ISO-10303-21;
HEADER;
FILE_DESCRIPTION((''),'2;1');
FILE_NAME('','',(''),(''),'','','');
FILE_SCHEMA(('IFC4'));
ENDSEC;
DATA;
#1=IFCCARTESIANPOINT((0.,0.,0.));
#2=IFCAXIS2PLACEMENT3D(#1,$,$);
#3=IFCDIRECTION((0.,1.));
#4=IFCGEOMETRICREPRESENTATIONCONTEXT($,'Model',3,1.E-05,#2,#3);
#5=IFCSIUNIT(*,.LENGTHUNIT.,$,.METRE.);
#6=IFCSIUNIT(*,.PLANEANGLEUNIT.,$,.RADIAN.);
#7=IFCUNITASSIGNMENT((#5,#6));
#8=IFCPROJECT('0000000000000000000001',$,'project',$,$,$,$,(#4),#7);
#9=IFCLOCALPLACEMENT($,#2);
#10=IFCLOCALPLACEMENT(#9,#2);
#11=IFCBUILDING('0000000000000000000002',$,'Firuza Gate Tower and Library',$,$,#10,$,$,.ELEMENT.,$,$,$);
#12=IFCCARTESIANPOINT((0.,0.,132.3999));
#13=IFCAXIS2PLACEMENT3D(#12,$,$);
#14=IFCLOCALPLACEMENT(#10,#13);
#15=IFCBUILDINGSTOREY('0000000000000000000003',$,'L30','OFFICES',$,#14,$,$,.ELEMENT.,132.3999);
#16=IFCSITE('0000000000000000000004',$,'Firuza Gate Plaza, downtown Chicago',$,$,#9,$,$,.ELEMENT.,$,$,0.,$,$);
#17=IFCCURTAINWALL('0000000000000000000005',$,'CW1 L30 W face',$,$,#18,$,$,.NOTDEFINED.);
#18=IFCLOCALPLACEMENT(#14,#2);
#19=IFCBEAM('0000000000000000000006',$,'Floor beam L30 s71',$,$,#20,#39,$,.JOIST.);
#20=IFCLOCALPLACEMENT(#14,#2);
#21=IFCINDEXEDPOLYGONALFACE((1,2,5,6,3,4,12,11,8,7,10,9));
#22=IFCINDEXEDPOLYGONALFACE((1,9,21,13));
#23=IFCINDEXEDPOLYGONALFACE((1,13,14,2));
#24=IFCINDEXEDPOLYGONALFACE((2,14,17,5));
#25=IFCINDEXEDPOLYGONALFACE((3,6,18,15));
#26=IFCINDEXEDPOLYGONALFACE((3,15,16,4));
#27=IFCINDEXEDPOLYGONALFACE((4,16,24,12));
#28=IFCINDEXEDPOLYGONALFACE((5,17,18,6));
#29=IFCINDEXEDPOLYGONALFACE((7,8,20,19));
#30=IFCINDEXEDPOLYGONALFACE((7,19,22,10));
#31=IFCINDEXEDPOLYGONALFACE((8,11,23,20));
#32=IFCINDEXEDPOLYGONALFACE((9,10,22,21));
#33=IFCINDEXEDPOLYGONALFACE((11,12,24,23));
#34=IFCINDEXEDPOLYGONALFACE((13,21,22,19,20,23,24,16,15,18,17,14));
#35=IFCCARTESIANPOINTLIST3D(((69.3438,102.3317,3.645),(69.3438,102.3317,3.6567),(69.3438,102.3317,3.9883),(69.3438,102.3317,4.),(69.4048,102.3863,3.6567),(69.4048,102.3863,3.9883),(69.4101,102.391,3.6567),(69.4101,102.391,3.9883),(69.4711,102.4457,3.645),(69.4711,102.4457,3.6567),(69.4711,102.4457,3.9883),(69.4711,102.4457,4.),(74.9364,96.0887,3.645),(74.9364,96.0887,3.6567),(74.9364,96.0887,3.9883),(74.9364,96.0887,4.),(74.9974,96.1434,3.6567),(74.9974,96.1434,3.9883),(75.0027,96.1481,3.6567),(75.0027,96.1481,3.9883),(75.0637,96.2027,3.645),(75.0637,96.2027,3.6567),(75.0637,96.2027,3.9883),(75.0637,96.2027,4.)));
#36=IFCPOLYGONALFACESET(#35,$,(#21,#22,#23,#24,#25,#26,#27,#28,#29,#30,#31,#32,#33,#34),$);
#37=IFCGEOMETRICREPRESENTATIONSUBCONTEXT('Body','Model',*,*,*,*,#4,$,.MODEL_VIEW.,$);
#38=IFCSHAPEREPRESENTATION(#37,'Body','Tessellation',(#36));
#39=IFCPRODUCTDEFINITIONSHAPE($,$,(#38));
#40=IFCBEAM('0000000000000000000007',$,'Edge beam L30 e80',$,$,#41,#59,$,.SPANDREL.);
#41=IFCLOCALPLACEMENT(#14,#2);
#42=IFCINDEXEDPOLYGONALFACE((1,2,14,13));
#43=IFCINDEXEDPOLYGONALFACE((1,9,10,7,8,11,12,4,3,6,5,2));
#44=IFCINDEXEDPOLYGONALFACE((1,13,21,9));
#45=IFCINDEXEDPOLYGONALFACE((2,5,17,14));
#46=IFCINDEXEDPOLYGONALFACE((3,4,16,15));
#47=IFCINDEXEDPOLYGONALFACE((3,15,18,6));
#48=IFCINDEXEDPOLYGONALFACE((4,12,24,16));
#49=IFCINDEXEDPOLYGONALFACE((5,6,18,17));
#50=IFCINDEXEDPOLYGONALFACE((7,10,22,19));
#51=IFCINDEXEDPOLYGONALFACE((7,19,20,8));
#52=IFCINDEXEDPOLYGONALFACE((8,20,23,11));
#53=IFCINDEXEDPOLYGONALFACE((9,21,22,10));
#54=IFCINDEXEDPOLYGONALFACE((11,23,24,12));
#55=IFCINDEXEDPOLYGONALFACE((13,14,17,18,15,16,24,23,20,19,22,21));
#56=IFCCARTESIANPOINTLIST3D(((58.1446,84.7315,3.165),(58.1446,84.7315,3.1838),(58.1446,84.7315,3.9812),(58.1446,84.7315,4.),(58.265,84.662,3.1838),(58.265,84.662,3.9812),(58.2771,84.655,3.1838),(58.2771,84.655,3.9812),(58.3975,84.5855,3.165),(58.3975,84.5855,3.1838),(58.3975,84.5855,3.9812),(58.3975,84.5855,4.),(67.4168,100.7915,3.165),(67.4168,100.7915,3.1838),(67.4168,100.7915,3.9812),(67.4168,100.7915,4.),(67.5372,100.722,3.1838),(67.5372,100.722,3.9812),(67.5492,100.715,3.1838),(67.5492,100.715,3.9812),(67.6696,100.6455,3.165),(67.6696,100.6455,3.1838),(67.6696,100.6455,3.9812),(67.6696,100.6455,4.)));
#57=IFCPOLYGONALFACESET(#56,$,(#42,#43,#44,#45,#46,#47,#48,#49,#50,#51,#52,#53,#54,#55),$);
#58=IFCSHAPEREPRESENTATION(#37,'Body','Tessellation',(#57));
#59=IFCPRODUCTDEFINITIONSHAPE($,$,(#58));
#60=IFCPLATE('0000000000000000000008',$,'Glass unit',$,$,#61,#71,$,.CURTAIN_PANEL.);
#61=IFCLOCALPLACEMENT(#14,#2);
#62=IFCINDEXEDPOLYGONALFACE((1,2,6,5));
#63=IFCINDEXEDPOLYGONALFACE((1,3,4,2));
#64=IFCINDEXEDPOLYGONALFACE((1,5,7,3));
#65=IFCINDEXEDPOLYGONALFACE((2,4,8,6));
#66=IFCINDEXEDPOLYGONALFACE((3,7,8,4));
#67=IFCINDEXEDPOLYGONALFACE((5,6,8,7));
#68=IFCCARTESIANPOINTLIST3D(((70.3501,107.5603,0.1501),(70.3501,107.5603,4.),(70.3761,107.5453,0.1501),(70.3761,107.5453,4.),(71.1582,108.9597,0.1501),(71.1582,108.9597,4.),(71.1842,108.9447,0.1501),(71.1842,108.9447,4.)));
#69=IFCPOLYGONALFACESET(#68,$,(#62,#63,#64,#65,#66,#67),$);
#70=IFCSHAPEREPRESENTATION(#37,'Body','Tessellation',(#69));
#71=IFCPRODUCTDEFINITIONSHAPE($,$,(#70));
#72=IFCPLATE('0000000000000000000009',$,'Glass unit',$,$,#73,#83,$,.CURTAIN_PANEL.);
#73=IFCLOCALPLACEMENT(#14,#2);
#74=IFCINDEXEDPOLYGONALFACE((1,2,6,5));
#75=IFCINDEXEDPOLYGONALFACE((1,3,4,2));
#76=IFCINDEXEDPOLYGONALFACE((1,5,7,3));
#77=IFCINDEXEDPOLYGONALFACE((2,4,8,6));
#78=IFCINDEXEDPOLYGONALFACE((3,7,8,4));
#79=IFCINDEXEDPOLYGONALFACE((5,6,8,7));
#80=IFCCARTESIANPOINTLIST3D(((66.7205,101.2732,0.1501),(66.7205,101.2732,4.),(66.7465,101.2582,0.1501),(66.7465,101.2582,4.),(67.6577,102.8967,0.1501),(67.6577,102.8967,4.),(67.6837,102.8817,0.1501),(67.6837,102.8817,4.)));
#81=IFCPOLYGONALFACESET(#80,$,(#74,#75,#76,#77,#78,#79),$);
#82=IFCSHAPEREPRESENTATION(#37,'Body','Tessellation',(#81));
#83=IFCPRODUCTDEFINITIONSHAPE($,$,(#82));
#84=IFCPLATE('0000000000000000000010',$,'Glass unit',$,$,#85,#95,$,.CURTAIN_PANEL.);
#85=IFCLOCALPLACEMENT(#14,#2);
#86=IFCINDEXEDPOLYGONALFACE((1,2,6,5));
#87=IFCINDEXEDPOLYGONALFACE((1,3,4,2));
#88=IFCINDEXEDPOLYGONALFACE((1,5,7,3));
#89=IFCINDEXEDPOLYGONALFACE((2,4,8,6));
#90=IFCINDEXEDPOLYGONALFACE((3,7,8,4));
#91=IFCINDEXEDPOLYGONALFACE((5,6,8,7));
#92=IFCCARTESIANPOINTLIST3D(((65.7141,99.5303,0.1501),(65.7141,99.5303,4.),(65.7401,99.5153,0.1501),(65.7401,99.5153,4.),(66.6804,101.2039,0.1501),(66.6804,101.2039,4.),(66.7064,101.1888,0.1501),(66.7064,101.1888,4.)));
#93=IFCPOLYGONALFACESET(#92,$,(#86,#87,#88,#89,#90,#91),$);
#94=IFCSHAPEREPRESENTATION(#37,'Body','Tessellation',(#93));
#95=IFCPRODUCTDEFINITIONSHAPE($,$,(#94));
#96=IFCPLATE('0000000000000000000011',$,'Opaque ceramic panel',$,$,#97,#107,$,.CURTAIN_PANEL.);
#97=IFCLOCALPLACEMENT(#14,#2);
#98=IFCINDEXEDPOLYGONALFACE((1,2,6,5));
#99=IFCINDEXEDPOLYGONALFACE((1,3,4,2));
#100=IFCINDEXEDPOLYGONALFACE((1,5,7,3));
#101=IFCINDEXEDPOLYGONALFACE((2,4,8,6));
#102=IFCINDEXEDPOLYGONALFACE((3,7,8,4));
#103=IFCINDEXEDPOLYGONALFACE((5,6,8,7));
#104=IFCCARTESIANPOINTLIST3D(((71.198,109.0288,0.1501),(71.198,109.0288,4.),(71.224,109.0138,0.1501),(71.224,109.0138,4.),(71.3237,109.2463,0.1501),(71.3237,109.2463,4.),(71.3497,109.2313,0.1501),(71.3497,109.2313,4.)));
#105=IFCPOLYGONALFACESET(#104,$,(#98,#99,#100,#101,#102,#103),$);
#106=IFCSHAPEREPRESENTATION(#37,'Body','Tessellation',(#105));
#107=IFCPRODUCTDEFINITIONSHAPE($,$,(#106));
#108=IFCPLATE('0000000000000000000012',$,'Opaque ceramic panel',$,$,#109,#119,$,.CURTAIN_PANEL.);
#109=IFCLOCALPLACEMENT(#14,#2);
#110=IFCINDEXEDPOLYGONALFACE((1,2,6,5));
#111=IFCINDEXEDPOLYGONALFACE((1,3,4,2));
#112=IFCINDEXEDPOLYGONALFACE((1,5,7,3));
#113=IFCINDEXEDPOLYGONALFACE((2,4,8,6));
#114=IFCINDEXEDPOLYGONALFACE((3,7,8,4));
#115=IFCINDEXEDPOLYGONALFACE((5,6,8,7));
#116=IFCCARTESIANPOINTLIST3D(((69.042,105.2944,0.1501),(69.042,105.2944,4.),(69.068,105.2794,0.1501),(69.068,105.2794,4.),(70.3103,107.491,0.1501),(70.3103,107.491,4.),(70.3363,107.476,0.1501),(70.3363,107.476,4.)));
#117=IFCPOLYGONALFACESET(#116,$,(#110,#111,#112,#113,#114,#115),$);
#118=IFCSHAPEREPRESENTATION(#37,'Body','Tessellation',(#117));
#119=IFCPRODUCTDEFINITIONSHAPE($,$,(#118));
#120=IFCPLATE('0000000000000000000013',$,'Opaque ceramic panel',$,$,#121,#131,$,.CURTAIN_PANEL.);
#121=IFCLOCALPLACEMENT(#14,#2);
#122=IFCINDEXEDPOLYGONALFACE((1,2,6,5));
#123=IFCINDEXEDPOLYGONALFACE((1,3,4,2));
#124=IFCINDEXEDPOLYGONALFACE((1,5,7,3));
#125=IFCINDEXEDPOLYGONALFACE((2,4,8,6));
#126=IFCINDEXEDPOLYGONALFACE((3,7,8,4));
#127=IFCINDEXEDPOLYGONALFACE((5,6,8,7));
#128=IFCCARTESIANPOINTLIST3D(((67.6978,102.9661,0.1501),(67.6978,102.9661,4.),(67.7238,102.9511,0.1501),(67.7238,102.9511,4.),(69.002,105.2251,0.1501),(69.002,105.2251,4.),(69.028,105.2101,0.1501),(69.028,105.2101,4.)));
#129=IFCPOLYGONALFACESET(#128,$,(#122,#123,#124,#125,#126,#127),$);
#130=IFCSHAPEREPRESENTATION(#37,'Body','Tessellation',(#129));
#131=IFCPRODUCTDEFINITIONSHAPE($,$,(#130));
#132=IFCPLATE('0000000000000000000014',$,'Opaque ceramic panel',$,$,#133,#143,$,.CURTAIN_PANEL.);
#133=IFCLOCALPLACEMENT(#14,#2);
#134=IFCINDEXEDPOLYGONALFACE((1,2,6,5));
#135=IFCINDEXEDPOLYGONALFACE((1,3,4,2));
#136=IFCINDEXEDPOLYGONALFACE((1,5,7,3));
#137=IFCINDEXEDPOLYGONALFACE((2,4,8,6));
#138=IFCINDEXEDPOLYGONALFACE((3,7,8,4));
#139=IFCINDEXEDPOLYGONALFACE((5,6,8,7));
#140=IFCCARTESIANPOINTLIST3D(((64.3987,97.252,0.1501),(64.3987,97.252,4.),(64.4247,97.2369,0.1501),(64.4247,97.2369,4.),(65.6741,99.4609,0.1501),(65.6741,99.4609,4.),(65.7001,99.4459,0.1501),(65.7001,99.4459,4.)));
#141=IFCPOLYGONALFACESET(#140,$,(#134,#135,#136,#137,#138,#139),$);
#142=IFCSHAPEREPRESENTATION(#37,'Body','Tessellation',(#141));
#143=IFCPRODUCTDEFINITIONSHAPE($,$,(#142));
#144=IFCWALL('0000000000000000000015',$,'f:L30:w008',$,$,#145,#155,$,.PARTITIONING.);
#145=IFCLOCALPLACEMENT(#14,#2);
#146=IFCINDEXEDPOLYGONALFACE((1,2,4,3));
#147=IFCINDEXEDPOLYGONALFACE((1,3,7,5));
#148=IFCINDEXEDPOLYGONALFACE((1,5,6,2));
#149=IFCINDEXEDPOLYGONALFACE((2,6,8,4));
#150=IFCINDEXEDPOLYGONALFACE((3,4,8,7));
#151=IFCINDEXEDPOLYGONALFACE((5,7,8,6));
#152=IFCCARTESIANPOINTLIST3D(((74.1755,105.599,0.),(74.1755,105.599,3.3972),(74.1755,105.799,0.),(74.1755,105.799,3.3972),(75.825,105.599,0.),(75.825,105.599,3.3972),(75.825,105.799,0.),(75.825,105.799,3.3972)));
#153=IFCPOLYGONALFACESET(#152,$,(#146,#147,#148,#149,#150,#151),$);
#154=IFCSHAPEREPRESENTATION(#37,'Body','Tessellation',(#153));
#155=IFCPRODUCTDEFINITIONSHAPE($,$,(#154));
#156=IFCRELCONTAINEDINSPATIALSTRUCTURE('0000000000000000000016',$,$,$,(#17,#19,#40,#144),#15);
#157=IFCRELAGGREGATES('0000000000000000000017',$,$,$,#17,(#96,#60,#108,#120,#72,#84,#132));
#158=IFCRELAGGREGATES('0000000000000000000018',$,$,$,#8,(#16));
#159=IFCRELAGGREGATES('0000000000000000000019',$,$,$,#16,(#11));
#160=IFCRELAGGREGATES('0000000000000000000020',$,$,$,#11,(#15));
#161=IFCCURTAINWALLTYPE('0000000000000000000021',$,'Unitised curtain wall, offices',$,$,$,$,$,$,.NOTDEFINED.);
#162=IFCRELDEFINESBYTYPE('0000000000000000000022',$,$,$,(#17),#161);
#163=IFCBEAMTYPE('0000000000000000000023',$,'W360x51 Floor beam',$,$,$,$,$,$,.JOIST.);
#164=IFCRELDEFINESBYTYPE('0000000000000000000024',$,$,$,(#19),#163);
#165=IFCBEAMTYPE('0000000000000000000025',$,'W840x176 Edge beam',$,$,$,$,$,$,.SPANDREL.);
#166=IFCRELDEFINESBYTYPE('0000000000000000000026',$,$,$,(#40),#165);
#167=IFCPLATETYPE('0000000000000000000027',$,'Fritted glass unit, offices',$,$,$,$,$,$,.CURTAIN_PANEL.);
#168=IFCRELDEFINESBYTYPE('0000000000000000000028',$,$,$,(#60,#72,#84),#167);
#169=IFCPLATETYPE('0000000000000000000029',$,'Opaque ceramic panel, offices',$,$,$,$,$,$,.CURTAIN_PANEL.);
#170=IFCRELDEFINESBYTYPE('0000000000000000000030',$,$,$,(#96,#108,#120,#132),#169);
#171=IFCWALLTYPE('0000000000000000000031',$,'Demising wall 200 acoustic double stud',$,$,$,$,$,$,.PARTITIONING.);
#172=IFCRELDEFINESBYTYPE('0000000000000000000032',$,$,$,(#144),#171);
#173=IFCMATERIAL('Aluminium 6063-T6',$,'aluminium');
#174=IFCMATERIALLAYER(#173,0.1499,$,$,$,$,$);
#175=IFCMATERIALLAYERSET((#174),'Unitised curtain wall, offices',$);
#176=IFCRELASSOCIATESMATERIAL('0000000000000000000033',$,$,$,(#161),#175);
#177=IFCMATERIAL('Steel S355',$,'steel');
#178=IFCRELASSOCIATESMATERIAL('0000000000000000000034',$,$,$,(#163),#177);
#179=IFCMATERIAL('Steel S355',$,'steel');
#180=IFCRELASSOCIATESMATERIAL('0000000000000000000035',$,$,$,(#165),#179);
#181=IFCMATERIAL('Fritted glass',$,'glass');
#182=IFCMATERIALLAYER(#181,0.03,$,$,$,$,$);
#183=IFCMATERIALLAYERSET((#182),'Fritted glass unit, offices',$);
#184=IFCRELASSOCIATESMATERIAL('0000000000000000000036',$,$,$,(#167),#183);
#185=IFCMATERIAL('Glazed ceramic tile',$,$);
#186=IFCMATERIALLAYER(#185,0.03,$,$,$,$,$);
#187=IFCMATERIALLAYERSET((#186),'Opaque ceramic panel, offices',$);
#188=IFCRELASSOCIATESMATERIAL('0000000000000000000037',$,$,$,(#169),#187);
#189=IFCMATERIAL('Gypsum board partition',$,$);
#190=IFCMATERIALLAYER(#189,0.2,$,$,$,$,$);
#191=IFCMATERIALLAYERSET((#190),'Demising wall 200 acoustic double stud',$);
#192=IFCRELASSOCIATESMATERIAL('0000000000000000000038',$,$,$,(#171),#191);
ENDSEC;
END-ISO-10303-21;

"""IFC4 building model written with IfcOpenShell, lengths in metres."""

from ifc_helpers import new_model, si_unit, direction, frame, frame_2d, origin, origin_2d, place, context, subcontext, project, spatial, polyline, rectangle, i_section, outline, extrude, material, layer, layer_set, material_profile, profile_set, type_object, element, aggregate, save


model = new_model("IFC4")

# Units and contexts
model_context = context("Model", 3, precision=1e-05, world=origin(), true_north=direction((0.0, 1.0)))
body_context = subcontext(model_context, "Body", "Model", "MODEL_VIEW")
ifc_project = project(units=[si_unit("LENGTHUNIT", "METRE"), si_unit("PLANEANGLEUNIT", "RADIAN")], contexts=[model_context])

# Site, building, storey
site_placement = place(None, origin())
site = spatial("IfcSite", under=ifc_project, at=site_placement, Name="Firuza Gate Plaza, downtown Chicago", CompositionType="ELEMENT", RefElevation=0.0)
building_placement = place(site_placement, origin())
building = spatial("IfcBuilding", under=site, at=building_placement, Name="Firuza Gate Tower and Library", CompositionType="ELEMENT")
storey_placement = place(building_placement, frame((0.0, 0.0, 132.3999)))
storey = spatial("IfcBuildingStorey", under=building, at=storey_placement, Name="L30", Description="OFFICES", CompositionType="ELEMENT", Elevation=132.3999)

# Curtain wall
ifc_material_1 = material(Name="Aluminium 6063-T6", Category="aluminium")
ifc_layer_1 = layer(ifc_material_1, 0.1499)
ifc_layer_set_1 = layer_set([ifc_layer_1], Name="Unitised curtain wall, offices")
curtain_wall_type = type_object("IfcCurtainWallType", Name="Unitised curtain wall, offices", PredefinedType="NOTDEFINED", material=ifc_layer_set_1)
curtain_wall_placement = place(storey_placement, origin())
curtain_wall = element("IfcCurtainWall", 1, at=curtain_wall_placement, inside=storey, type_object=curtain_wall_type, Name="CW1 L30 W face", PredefinedType="NOTDEFINED")

# Beams
ifc_material_2 = material(Name="Steel S355", Category="steel")
ifc_material_profile_1 = material_profile(ifc_material_2, i_section(OverallWidth=0.1709, OverallDepth=0.355, WebThickness=0.0071, FlangeThickness=0.0117, at=origin_2d()))
ifc_profile_set_1 = profile_set([ifc_material_profile_1], Name="Steel S355")
beam_type_1 = type_object("IfcBeamType", Name="W360x51 Floor beam", PredefinedType="JOIST", material=ifc_profile_set_1)
beam_1_placement = place(storey_placement, frame((69.4075, 102.3887, 3.8225), z_axis=(0.667243, -0.74484, 0.0), x_axis=(0.74484, 0.667243, 0.0)))
element("IfcBeam", 2, at=beam_1_placement, inside=storey, type_object=beam_type_1, Name="Floor beam L30 s71", PredefinedType="JOIST", context=body_context, shape_type="SweptSolid", body=[
    extrude(i_section(OverallWidth=0.1709, OverallDepth=0.355, WebThickness=0.0071, FlangeThickness=0.0117, at=origin_2d()), origin(), (0.0, 0.0, 1.0), 8.3816),
])
ifc_material_3 = material(Name="Steel S355", Category="steel")
ifc_material_profile_2 = material_profile(ifc_material_3, i_section(OverallWidth=0.292, OverallDepth=0.835, WebThickness=0.0139, FlangeThickness=0.0188, at=origin_2d()))
ifc_profile_set_2 = profile_set([ifc_material_profile_2], Name="Steel S355")
beam_type_2 = type_object("IfcBeamType", Name="W840x176 Edge beam", PredefinedType="SPANDREL", material=ifc_profile_set_2)
beam_2_placement = place(storey_placement, frame((67.5432, 100.7185, 3.5825), z_axis=(-0.499997, -0.866027, 0.0), x_axis=(0.866027, -0.499997, 0.0)))
element("IfcBeam", 3, at=beam_2_placement, inside=storey, type_object=beam_type_2, Name="Edge beam L30 e80", PredefinedType="SPANDREL", context=body_context, shape_type="SweptSolid", body=[
    extrude(i_section(OverallWidth=0.292, OverallDepth=0.835, WebThickness=0.0139, FlangeThickness=0.0188, at=origin_2d()), origin(), (0.0, 0.0, 1.0), 18.5444),
])

# Plates
ifc_material_4 = material(Name="Fritted glass", Category="glass")
ifc_layer_2 = layer(ifc_material_4, 0.03)
ifc_layer_set_2 = layer_set([ifc_layer_2], Name="Fritted glass unit, offices")
plate_type_1 = type_object("IfcPlateType", Name="Fritted glass unit, offices", PredefinedType="CURTAIN_PANEL", material=ifc_layer_set_2)
plate_1_placement = place(storey_placement, frame((71.1582, 108.9597, 0.1501), z_axis=(-0.865984, 0.500071, 0.0), x_axis=(-0.500071, -0.865984, 0.0)))
plate_1 = element("IfcPlate", 4, at=plate_1_placement, type_object=plate_type_1, Name="Glass unit", PredefinedType="CURTAIN_PANEL", context=body_context, shape_type="SweptSolid", body=[
    extrude(outline(polyline([(0.0, 0.0), (1.616, 0.0), (1.616, 3.8499), (0.0, 3.8499), (0.0, 0.0)])), origin(), (0.0, 0.0, -1.0), 0.03),
])
plate_2_placement = place(storey_placement, frame((67.6577, 102.8967, 0.1501), z_axis=(-0.866047, 0.499963, 0.0), x_axis=(-0.499963, -0.866047, 0.0)))
plate_2 = element("IfcPlate", 5, at=plate_2_placement, type_object=plate_type_1, Name="Glass unit", PredefinedType="CURTAIN_PANEL", context=body_context, shape_type="SweptSolid", body=[
    extrude(outline(polyline([(0.0, 0.0), (1.8747, 0.0), (1.8747, 3.8499), (0.0, 3.8499), (0.0, 0.0)])), origin(), (0.0, 0.0, -1.0), 0.03),
])
plate_3_placement = place(storey_placement, frame((66.6804, 101.2039, 0.1501), z_axis=(-0.866011, 0.500025, 0.0), x_axis=(-0.500025, -0.866011, 0.0)))
plate_3 = element("IfcPlate", 6, at=plate_3_placement, type_object=plate_type_1, Name="Glass unit", PredefinedType="CURTAIN_PANEL", context=body_context, shape_type="SweptSolid", body=[
    extrude(outline(polyline([(0.0, 0.0), (1.9325, 0.0), (1.9325, 3.8499), (0.0, 3.8499), (0.0, 0.0)])), origin(), (0.0, 0.0, -1.0), 0.03),
])
ifc_material_5 = material(Name="Glazed ceramic tile")
ifc_layer_3 = layer(ifc_material_5, 0.03)
ifc_layer_set_3 = layer_set([ifc_layer_3], Name="Opaque ceramic panel, offices")
plate_type_2 = type_object("IfcPlateType", Name="Opaque ceramic panel, offices", PredefinedType="CURTAIN_PANEL", material=ifc_layer_set_3)
plate_4_placement = place(storey_placement, frame((71.3237, 109.2463, 0.1501), z_axis=(-0.865781, 0.500423, 0.0), x_axis=(-0.500423, -0.865781, 0.0)))
plate_4 = element("IfcPlate", 7, at=plate_4_placement, type_object=plate_type_2, Name="Opaque ceramic panel", PredefinedType="CURTAIN_PANEL", context=body_context, shape_type="SweptSolid", body=[
    extrude(outline(polyline([(0.0, 0.0), (0.2513, 0.0), (0.2513, 3.8499), (0.0, 3.8499), (0.0, 0.0)])), origin(), (0.0, 0.0, -1.0), 0.03),
])
plate_5_placement = place(storey_placement, frame((70.3103, 107.491, 0.1501), z_axis=(-0.866001, 0.500042, 0.0), x_axis=(-0.500042, -0.866001, 0.0)))
plate_5 = element("IfcPlate", 8, at=plate_5_placement, type_object=plate_type_2, Name="Opaque ceramic panel", PredefinedType="CURTAIN_PANEL", context=body_context, shape_type="SweptSolid", body=[
    extrude(outline(polyline([(0.0, 0.0), (2.5364, 0.0), (2.5364, 3.8499), (0.0, 3.8499), (0.0, 0.0)])), origin(), (0.0, 0.0, -1.0), 0.03),
])
plate_6_placement = place(storey_placement, frame((69.002, 105.2251, 0.1501), z_axis=(-0.866034, 0.499984, 0.0), x_axis=(-0.499984, -0.866034, 0.0)))
plate_6 = element("IfcPlate", 9, at=plate_6_placement, type_object=plate_type_2, Name="Opaque ceramic panel", PredefinedType="CURTAIN_PANEL", context=body_context, shape_type="SweptSolid", body=[
    extrude(outline(polyline([(0.0, 0.0), (2.6085, 0.0), (2.6085, 3.8499), (0.0, 3.8499), (0.0, 0.0)])), origin(), (0.0, 0.0, -1.0), 0.03),
])
plate_7_placement = place(storey_placement, frame((65.6741, 99.4609, 0.1501), z_axis=(-0.86602, 0.50001, 0.0), x_axis=(-0.50001, -0.86602, 0.0)))
plate_7 = element("IfcPlate", 10, at=plate_7_placement, type_object=plate_type_2, Name="Opaque ceramic panel", PredefinedType="CURTAIN_PANEL", context=body_context, shape_type="SweptSolid", body=[
    extrude(outline(polyline([(0.0, 0.0), (2.5507, 0.0), (2.5507, 3.8499), (0.0, 3.8499), (0.0, 0.0)])), origin(), (0.0, 0.0, -1.0), 0.03),
])
aggregate(curtain_wall, [plate_4, plate_1, plate_5, plate_6, plate_2, plate_3, plate_7])

# Wall
ifc_material_6 = material(Name="Gypsum board partition")
ifc_layer_4 = layer(ifc_material_6, 0.2)
ifc_layer_set_4 = layer_set([ifc_layer_4], Name="Demising wall 200 acoustic double stud")
wall_type_1 = type_object("IfcWallType", Name="Demising wall 200 acoustic double stud", PredefinedType="PARTITIONING", material=ifc_layer_set_4)
wall_1_placement = place(storey_placement, frame((74.1755, 105.699, 0.0), z_axis=(0.0, 0.0, 1.0), x_axis=(1.0, 0.0, 0.0)))
element("IfcWall", 11, at=wall_1_placement, inside=storey, type_object=wall_type_1, Name="f:L30:w008", PredefinedType="PARTITIONING", context=body_context, shape_type="SweptSolid", body=[
    extrude(rectangle(XDim=1.6494, YDim=0.2, at=frame_2d((0.8247, 0.0))), origin(), (0.0, 0.0, 1.0), 3.3972),
])

save(model, "model.ifc")
